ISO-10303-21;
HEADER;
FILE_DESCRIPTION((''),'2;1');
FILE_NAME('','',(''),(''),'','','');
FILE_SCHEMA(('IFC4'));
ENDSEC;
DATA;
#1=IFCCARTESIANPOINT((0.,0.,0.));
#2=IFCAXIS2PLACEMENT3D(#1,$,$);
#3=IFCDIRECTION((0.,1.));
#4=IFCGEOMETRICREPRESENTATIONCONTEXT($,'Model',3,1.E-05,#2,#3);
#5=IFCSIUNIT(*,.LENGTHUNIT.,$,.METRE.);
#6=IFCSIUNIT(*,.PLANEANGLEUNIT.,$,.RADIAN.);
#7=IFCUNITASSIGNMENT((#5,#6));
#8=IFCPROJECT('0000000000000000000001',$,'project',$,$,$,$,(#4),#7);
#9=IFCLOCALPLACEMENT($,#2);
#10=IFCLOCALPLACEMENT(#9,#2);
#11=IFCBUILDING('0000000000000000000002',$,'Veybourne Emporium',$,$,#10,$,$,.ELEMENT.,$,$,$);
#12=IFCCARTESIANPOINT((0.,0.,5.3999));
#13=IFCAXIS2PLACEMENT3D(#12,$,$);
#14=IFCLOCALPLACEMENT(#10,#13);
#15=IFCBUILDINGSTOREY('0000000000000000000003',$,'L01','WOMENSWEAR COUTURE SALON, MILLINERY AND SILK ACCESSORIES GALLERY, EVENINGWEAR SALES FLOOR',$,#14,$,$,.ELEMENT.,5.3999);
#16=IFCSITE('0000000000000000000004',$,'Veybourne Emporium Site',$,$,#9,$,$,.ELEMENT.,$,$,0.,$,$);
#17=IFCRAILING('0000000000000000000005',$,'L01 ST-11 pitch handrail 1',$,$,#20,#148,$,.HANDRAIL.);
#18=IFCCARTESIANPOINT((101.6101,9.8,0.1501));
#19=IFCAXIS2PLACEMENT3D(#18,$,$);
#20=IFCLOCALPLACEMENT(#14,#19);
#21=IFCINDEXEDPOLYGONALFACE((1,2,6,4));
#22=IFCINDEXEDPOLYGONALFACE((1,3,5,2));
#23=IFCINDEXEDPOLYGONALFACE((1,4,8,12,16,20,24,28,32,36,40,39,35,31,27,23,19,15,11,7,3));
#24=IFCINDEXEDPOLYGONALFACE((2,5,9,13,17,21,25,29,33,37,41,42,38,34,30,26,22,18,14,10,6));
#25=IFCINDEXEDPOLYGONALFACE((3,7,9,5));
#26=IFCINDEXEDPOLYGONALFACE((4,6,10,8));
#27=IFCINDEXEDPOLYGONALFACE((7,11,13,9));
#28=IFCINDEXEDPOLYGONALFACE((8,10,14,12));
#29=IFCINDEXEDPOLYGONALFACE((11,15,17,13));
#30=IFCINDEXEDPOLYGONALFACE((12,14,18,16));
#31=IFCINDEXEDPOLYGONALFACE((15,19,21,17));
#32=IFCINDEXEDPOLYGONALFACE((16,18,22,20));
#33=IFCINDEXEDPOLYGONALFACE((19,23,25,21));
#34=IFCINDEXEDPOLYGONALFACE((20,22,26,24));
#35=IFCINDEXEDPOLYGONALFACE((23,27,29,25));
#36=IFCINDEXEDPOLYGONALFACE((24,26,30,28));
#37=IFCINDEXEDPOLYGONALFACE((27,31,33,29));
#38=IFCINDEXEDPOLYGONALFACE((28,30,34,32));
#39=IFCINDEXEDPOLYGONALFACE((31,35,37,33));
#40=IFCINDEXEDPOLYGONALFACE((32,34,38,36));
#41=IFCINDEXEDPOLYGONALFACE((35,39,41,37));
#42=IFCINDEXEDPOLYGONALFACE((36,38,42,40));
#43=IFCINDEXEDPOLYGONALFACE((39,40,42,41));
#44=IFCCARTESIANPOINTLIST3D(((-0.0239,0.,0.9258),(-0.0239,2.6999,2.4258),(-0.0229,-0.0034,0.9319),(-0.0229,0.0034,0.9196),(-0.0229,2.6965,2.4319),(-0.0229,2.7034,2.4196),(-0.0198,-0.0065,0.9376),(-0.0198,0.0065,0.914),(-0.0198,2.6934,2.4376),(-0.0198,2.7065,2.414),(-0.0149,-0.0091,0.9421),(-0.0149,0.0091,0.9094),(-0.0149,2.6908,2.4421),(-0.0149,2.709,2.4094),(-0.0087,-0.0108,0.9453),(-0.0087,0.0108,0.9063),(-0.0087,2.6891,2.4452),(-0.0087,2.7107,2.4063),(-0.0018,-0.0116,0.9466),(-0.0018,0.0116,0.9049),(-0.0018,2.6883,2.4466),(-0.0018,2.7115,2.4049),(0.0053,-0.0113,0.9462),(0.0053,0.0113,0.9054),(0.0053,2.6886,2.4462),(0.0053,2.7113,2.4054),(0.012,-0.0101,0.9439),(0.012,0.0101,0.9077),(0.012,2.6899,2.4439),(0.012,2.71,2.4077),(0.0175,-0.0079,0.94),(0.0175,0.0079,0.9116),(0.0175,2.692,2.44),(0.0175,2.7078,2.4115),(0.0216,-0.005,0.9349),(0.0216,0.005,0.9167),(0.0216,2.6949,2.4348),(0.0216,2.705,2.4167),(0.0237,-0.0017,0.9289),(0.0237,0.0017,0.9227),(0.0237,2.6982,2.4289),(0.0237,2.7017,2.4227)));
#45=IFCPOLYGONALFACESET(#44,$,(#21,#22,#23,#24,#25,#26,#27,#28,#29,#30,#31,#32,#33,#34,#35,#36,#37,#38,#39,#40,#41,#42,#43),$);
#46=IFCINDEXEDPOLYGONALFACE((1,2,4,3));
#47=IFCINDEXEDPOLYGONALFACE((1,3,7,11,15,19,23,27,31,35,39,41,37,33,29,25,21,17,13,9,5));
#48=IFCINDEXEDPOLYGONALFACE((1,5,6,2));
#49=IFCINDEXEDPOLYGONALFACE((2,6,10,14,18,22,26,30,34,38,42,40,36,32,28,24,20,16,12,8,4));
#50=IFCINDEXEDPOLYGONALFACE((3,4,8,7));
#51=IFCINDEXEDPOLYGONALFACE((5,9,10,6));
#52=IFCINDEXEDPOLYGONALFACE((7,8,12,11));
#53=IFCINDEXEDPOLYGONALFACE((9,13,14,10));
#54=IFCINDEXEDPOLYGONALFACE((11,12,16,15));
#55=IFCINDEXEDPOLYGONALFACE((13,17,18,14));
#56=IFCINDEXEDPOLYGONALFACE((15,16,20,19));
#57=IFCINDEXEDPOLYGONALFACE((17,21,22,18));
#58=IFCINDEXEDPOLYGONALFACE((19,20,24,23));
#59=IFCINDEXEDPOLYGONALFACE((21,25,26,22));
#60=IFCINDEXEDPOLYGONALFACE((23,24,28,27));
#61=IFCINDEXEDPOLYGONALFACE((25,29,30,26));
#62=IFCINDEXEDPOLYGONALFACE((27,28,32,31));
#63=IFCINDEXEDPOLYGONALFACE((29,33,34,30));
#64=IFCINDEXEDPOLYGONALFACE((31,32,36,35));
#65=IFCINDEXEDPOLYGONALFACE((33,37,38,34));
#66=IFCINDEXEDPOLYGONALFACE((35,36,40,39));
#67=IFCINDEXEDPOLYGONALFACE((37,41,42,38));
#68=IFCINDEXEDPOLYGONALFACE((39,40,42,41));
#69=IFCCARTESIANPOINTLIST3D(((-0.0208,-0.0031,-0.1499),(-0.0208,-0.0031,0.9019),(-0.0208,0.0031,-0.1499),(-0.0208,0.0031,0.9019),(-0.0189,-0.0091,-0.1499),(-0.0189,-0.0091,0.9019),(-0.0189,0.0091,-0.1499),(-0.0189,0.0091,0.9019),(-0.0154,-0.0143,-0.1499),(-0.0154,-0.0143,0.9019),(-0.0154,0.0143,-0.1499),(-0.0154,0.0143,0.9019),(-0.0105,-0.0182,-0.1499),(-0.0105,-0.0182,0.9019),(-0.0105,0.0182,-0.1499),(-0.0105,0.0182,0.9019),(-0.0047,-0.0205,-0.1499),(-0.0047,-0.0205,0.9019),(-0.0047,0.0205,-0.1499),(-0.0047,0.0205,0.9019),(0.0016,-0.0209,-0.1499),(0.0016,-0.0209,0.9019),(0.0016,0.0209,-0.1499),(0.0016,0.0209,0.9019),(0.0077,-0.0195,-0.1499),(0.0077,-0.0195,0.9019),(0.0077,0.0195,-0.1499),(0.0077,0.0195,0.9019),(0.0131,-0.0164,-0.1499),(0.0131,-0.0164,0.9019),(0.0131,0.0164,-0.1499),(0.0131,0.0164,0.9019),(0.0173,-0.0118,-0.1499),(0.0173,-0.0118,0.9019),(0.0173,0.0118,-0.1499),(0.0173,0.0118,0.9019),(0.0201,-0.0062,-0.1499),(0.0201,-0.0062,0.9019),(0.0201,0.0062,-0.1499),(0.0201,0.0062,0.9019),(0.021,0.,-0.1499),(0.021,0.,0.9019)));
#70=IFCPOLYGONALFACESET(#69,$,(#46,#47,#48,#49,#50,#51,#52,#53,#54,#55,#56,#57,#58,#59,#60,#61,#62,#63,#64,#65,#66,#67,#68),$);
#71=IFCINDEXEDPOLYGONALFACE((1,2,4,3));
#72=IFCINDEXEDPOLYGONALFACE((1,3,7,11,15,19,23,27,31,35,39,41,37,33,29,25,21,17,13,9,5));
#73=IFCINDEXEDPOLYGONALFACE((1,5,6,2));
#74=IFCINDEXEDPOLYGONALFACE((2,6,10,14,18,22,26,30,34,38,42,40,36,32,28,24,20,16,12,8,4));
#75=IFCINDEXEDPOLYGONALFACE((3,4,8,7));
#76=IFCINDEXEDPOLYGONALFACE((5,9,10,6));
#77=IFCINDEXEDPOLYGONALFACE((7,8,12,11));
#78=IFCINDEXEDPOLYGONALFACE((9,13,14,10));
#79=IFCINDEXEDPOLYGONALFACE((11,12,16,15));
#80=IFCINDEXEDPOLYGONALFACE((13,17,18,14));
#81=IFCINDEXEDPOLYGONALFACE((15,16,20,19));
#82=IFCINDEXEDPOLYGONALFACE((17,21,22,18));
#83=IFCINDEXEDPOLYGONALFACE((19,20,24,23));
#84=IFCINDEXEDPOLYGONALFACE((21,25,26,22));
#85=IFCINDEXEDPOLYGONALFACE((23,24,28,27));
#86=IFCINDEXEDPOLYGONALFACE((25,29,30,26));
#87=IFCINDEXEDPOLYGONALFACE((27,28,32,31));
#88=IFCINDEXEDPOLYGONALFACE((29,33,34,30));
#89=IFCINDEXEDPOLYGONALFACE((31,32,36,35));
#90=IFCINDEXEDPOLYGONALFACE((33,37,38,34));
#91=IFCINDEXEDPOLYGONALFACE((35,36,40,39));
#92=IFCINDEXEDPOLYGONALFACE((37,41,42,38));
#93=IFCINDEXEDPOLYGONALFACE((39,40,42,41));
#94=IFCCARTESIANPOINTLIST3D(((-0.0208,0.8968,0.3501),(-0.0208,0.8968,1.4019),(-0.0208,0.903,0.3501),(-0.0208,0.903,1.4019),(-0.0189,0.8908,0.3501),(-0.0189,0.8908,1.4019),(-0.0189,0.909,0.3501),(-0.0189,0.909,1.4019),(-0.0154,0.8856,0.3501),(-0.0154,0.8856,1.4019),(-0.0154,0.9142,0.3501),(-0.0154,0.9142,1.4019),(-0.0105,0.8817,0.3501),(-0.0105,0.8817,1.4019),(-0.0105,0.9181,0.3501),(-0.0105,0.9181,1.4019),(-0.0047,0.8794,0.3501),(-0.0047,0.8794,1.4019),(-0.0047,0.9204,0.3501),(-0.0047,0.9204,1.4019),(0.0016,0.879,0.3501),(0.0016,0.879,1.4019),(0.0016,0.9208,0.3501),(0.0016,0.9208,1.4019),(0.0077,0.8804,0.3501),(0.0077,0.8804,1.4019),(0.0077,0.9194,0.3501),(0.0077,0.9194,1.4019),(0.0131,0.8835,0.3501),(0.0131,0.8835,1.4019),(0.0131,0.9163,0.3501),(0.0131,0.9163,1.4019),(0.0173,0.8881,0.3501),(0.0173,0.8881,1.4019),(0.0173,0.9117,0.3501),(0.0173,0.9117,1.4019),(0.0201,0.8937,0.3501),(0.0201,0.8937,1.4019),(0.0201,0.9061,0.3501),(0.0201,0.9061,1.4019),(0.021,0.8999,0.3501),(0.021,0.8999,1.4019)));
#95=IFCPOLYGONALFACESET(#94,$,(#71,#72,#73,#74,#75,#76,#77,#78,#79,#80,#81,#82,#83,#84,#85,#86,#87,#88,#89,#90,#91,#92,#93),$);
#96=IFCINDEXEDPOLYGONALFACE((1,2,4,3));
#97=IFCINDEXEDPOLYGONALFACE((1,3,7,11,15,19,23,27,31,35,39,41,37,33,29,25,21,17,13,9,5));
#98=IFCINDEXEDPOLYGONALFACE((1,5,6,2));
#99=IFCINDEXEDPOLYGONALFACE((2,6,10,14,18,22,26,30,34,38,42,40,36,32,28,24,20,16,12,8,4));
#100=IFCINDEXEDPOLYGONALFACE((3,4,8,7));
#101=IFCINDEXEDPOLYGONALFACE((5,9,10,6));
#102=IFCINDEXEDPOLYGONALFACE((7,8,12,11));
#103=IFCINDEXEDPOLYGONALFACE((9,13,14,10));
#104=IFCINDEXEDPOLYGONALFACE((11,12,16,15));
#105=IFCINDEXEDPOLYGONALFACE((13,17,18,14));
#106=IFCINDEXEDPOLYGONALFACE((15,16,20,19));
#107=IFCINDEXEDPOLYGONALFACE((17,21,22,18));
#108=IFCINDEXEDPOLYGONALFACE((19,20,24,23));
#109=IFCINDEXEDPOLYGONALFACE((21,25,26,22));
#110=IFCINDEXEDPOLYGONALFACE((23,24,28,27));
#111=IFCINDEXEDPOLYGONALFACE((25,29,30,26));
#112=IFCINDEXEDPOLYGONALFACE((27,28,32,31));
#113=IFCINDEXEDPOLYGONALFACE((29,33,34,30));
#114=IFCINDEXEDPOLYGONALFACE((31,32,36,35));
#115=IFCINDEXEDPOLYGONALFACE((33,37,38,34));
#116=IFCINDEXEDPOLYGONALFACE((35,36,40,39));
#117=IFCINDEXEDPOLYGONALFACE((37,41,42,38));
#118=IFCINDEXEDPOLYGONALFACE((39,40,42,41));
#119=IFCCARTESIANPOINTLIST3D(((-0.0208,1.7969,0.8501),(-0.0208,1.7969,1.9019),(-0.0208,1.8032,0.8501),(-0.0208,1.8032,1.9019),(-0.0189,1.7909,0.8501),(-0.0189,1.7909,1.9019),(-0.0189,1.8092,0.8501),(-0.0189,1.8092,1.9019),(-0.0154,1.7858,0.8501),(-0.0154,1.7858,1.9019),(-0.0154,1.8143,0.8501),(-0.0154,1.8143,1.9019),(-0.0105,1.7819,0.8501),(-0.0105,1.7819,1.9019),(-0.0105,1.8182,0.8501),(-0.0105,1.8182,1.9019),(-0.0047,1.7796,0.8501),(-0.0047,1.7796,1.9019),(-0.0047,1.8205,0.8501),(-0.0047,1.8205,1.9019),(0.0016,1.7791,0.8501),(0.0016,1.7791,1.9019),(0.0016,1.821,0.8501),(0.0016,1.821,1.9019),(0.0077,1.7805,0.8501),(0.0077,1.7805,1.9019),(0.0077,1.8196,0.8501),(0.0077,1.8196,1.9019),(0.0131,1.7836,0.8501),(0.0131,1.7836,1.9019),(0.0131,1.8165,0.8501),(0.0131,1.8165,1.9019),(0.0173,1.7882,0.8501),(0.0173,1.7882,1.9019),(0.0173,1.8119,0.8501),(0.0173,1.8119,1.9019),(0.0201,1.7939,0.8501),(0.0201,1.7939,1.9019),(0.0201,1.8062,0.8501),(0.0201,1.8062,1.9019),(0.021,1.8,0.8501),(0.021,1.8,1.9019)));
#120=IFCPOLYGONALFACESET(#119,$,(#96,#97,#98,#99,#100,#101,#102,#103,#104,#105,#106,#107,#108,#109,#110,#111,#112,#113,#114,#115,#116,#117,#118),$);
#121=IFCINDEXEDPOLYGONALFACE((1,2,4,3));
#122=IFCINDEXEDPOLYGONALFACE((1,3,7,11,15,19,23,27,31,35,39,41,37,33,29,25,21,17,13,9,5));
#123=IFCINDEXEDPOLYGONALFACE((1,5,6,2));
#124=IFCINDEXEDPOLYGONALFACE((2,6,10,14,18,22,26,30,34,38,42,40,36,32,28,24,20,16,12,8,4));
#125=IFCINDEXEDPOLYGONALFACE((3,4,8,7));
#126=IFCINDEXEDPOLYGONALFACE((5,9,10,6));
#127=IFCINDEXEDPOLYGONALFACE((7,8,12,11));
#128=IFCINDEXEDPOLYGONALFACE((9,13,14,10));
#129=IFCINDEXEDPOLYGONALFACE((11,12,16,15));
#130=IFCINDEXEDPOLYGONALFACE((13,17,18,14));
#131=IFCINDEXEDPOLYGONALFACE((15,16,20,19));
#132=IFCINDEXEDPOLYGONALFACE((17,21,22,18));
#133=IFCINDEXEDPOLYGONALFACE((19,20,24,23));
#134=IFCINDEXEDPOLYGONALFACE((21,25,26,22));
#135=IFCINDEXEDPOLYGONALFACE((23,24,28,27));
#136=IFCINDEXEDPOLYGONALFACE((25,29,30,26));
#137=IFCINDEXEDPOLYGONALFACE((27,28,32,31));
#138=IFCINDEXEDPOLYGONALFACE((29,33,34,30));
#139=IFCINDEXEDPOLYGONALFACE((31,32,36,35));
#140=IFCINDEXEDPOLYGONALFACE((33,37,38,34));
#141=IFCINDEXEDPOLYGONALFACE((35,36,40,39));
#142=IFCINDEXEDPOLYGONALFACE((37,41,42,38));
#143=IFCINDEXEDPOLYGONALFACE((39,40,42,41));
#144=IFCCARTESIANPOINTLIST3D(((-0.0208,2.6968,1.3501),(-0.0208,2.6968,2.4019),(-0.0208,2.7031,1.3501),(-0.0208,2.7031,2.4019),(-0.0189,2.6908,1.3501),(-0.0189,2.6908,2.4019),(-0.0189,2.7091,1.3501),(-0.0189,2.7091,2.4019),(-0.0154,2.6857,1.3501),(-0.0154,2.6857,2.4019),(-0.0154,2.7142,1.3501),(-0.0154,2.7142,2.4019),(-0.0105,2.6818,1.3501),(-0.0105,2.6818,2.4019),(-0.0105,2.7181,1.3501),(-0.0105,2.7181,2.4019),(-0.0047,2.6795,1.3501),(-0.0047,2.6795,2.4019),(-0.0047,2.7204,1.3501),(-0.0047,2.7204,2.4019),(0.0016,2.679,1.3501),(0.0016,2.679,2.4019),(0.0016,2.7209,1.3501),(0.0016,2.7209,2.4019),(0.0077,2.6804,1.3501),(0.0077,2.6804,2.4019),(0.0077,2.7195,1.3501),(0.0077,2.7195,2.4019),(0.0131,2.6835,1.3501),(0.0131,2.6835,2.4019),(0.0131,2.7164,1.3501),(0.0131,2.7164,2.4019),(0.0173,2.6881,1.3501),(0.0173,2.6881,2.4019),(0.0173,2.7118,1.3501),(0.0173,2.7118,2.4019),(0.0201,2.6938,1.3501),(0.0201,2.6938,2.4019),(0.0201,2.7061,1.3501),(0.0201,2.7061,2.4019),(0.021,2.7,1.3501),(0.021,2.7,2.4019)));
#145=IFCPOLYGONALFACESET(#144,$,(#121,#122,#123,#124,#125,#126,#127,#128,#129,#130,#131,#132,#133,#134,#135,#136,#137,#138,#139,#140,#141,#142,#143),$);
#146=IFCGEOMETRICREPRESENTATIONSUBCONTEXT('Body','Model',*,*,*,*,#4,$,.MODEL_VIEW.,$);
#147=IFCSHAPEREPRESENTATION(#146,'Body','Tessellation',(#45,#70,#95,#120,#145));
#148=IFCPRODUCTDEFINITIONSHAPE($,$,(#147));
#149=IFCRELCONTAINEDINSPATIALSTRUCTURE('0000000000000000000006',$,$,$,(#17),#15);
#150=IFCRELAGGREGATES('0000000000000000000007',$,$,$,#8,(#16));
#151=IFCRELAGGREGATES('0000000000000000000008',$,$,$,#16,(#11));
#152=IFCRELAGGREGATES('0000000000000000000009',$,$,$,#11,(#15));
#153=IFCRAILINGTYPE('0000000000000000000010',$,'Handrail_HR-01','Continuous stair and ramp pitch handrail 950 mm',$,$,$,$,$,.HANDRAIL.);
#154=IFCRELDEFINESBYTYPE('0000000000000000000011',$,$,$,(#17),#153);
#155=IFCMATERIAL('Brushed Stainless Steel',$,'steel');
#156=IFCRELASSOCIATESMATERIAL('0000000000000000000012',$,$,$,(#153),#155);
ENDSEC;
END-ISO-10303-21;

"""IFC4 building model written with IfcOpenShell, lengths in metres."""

from ifc_helpers import new_model, si_unit, direction, frame, origin, origin_2d, place, context, subcontext, project, spatial, circle, extrude, material, type_object, element, save


model = new_model("IFC4")

# Units and contexts
model_context = context("Model", 3, precision=1e-05, world=origin(), true_north=direction((0.0, 1.0)))
body_context = subcontext(model_context, "Body", "Model", "MODEL_VIEW")
ifc_project = project(units=[si_unit("LENGTHUNIT", "METRE"), si_unit("PLANEANGLEUNIT", "RADIAN")], contexts=[model_context])

# Site, building, storey
site_placement = place(None, origin())
site = spatial("IfcSite", under=ifc_project, at=site_placement, Name="Veybourne Emporium Site", CompositionType="ELEMENT", RefElevation=0.0)
building_placement = place(site_placement, origin())
building = spatial("IfcBuilding", under=site, at=building_placement, Name="Veybourne Emporium", CompositionType="ELEMENT")
storey_placement = place(building_placement, frame((0.0, 0.0, 5.3999)))
storey = spatial("IfcBuildingStorey", under=building, at=storey_placement, Name="L01", Description="WOMENSWEAR COUTURE SALON, MILLINERY AND SILK ACCESSORIES GALLERY, EVENINGWEAR SALES FLOOR", CompositionType="ELEMENT", Elevation=5.3999)

# Railing
ifc_material_1 = material(Name="Brushed Stainless Steel", Category="steel")
railing_type_1 = type_object("IfcRailingType", Name="Handrail_HR-01", Description="Continuous stair and ramp pitch handrail 950 mm", PredefinedType="HANDRAIL", material=ifc_material_1)
railing_1_placement = place(storey_placement, frame((101.6101, 9.8, 0.1501)))
element("IfcRailing", 1, at=railing_1_placement, inside=storey, type_object=railing_type_1, Name="L01 ST-11 pitch handrail 1", PredefinedType="HANDRAIL", context=body_context, shape_type="SweptSolid", body=[
    extrude(circle(Radius=0.0239, at=origin_2d()), frame((0.0, 0.0, 0.9258), z_axis=(0.0, 0.874154, 0.48565), x_axis=(-1.0, 0.0, 0.0)), (0.0, 0.0, 1.0), 3.0886),
    extrude(circle(Radius=0.021, at=origin_2d()), frame((0.0, 0.0, -0.1499)), (0.0, 0.0, 1.0), 1.0518),
    extrude(circle(Radius=0.021, at=origin_2d()), frame((0.0, 0.8999, 0.3501)), (0.0, 0.0, 1.0), 1.0518),
    extrude(circle(Radius=0.021, at=origin_2d()), frame((0.0, 1.8, 0.8501)), (0.0, 0.0, 1.0), 1.0518),
    extrude(circle(Radius=0.021, at=origin_2d()), frame((0.0, 2.7, 1.3501)), (0.0, 0.0, 1.0), 1.0518),
])

save(model, "model.ifc")
